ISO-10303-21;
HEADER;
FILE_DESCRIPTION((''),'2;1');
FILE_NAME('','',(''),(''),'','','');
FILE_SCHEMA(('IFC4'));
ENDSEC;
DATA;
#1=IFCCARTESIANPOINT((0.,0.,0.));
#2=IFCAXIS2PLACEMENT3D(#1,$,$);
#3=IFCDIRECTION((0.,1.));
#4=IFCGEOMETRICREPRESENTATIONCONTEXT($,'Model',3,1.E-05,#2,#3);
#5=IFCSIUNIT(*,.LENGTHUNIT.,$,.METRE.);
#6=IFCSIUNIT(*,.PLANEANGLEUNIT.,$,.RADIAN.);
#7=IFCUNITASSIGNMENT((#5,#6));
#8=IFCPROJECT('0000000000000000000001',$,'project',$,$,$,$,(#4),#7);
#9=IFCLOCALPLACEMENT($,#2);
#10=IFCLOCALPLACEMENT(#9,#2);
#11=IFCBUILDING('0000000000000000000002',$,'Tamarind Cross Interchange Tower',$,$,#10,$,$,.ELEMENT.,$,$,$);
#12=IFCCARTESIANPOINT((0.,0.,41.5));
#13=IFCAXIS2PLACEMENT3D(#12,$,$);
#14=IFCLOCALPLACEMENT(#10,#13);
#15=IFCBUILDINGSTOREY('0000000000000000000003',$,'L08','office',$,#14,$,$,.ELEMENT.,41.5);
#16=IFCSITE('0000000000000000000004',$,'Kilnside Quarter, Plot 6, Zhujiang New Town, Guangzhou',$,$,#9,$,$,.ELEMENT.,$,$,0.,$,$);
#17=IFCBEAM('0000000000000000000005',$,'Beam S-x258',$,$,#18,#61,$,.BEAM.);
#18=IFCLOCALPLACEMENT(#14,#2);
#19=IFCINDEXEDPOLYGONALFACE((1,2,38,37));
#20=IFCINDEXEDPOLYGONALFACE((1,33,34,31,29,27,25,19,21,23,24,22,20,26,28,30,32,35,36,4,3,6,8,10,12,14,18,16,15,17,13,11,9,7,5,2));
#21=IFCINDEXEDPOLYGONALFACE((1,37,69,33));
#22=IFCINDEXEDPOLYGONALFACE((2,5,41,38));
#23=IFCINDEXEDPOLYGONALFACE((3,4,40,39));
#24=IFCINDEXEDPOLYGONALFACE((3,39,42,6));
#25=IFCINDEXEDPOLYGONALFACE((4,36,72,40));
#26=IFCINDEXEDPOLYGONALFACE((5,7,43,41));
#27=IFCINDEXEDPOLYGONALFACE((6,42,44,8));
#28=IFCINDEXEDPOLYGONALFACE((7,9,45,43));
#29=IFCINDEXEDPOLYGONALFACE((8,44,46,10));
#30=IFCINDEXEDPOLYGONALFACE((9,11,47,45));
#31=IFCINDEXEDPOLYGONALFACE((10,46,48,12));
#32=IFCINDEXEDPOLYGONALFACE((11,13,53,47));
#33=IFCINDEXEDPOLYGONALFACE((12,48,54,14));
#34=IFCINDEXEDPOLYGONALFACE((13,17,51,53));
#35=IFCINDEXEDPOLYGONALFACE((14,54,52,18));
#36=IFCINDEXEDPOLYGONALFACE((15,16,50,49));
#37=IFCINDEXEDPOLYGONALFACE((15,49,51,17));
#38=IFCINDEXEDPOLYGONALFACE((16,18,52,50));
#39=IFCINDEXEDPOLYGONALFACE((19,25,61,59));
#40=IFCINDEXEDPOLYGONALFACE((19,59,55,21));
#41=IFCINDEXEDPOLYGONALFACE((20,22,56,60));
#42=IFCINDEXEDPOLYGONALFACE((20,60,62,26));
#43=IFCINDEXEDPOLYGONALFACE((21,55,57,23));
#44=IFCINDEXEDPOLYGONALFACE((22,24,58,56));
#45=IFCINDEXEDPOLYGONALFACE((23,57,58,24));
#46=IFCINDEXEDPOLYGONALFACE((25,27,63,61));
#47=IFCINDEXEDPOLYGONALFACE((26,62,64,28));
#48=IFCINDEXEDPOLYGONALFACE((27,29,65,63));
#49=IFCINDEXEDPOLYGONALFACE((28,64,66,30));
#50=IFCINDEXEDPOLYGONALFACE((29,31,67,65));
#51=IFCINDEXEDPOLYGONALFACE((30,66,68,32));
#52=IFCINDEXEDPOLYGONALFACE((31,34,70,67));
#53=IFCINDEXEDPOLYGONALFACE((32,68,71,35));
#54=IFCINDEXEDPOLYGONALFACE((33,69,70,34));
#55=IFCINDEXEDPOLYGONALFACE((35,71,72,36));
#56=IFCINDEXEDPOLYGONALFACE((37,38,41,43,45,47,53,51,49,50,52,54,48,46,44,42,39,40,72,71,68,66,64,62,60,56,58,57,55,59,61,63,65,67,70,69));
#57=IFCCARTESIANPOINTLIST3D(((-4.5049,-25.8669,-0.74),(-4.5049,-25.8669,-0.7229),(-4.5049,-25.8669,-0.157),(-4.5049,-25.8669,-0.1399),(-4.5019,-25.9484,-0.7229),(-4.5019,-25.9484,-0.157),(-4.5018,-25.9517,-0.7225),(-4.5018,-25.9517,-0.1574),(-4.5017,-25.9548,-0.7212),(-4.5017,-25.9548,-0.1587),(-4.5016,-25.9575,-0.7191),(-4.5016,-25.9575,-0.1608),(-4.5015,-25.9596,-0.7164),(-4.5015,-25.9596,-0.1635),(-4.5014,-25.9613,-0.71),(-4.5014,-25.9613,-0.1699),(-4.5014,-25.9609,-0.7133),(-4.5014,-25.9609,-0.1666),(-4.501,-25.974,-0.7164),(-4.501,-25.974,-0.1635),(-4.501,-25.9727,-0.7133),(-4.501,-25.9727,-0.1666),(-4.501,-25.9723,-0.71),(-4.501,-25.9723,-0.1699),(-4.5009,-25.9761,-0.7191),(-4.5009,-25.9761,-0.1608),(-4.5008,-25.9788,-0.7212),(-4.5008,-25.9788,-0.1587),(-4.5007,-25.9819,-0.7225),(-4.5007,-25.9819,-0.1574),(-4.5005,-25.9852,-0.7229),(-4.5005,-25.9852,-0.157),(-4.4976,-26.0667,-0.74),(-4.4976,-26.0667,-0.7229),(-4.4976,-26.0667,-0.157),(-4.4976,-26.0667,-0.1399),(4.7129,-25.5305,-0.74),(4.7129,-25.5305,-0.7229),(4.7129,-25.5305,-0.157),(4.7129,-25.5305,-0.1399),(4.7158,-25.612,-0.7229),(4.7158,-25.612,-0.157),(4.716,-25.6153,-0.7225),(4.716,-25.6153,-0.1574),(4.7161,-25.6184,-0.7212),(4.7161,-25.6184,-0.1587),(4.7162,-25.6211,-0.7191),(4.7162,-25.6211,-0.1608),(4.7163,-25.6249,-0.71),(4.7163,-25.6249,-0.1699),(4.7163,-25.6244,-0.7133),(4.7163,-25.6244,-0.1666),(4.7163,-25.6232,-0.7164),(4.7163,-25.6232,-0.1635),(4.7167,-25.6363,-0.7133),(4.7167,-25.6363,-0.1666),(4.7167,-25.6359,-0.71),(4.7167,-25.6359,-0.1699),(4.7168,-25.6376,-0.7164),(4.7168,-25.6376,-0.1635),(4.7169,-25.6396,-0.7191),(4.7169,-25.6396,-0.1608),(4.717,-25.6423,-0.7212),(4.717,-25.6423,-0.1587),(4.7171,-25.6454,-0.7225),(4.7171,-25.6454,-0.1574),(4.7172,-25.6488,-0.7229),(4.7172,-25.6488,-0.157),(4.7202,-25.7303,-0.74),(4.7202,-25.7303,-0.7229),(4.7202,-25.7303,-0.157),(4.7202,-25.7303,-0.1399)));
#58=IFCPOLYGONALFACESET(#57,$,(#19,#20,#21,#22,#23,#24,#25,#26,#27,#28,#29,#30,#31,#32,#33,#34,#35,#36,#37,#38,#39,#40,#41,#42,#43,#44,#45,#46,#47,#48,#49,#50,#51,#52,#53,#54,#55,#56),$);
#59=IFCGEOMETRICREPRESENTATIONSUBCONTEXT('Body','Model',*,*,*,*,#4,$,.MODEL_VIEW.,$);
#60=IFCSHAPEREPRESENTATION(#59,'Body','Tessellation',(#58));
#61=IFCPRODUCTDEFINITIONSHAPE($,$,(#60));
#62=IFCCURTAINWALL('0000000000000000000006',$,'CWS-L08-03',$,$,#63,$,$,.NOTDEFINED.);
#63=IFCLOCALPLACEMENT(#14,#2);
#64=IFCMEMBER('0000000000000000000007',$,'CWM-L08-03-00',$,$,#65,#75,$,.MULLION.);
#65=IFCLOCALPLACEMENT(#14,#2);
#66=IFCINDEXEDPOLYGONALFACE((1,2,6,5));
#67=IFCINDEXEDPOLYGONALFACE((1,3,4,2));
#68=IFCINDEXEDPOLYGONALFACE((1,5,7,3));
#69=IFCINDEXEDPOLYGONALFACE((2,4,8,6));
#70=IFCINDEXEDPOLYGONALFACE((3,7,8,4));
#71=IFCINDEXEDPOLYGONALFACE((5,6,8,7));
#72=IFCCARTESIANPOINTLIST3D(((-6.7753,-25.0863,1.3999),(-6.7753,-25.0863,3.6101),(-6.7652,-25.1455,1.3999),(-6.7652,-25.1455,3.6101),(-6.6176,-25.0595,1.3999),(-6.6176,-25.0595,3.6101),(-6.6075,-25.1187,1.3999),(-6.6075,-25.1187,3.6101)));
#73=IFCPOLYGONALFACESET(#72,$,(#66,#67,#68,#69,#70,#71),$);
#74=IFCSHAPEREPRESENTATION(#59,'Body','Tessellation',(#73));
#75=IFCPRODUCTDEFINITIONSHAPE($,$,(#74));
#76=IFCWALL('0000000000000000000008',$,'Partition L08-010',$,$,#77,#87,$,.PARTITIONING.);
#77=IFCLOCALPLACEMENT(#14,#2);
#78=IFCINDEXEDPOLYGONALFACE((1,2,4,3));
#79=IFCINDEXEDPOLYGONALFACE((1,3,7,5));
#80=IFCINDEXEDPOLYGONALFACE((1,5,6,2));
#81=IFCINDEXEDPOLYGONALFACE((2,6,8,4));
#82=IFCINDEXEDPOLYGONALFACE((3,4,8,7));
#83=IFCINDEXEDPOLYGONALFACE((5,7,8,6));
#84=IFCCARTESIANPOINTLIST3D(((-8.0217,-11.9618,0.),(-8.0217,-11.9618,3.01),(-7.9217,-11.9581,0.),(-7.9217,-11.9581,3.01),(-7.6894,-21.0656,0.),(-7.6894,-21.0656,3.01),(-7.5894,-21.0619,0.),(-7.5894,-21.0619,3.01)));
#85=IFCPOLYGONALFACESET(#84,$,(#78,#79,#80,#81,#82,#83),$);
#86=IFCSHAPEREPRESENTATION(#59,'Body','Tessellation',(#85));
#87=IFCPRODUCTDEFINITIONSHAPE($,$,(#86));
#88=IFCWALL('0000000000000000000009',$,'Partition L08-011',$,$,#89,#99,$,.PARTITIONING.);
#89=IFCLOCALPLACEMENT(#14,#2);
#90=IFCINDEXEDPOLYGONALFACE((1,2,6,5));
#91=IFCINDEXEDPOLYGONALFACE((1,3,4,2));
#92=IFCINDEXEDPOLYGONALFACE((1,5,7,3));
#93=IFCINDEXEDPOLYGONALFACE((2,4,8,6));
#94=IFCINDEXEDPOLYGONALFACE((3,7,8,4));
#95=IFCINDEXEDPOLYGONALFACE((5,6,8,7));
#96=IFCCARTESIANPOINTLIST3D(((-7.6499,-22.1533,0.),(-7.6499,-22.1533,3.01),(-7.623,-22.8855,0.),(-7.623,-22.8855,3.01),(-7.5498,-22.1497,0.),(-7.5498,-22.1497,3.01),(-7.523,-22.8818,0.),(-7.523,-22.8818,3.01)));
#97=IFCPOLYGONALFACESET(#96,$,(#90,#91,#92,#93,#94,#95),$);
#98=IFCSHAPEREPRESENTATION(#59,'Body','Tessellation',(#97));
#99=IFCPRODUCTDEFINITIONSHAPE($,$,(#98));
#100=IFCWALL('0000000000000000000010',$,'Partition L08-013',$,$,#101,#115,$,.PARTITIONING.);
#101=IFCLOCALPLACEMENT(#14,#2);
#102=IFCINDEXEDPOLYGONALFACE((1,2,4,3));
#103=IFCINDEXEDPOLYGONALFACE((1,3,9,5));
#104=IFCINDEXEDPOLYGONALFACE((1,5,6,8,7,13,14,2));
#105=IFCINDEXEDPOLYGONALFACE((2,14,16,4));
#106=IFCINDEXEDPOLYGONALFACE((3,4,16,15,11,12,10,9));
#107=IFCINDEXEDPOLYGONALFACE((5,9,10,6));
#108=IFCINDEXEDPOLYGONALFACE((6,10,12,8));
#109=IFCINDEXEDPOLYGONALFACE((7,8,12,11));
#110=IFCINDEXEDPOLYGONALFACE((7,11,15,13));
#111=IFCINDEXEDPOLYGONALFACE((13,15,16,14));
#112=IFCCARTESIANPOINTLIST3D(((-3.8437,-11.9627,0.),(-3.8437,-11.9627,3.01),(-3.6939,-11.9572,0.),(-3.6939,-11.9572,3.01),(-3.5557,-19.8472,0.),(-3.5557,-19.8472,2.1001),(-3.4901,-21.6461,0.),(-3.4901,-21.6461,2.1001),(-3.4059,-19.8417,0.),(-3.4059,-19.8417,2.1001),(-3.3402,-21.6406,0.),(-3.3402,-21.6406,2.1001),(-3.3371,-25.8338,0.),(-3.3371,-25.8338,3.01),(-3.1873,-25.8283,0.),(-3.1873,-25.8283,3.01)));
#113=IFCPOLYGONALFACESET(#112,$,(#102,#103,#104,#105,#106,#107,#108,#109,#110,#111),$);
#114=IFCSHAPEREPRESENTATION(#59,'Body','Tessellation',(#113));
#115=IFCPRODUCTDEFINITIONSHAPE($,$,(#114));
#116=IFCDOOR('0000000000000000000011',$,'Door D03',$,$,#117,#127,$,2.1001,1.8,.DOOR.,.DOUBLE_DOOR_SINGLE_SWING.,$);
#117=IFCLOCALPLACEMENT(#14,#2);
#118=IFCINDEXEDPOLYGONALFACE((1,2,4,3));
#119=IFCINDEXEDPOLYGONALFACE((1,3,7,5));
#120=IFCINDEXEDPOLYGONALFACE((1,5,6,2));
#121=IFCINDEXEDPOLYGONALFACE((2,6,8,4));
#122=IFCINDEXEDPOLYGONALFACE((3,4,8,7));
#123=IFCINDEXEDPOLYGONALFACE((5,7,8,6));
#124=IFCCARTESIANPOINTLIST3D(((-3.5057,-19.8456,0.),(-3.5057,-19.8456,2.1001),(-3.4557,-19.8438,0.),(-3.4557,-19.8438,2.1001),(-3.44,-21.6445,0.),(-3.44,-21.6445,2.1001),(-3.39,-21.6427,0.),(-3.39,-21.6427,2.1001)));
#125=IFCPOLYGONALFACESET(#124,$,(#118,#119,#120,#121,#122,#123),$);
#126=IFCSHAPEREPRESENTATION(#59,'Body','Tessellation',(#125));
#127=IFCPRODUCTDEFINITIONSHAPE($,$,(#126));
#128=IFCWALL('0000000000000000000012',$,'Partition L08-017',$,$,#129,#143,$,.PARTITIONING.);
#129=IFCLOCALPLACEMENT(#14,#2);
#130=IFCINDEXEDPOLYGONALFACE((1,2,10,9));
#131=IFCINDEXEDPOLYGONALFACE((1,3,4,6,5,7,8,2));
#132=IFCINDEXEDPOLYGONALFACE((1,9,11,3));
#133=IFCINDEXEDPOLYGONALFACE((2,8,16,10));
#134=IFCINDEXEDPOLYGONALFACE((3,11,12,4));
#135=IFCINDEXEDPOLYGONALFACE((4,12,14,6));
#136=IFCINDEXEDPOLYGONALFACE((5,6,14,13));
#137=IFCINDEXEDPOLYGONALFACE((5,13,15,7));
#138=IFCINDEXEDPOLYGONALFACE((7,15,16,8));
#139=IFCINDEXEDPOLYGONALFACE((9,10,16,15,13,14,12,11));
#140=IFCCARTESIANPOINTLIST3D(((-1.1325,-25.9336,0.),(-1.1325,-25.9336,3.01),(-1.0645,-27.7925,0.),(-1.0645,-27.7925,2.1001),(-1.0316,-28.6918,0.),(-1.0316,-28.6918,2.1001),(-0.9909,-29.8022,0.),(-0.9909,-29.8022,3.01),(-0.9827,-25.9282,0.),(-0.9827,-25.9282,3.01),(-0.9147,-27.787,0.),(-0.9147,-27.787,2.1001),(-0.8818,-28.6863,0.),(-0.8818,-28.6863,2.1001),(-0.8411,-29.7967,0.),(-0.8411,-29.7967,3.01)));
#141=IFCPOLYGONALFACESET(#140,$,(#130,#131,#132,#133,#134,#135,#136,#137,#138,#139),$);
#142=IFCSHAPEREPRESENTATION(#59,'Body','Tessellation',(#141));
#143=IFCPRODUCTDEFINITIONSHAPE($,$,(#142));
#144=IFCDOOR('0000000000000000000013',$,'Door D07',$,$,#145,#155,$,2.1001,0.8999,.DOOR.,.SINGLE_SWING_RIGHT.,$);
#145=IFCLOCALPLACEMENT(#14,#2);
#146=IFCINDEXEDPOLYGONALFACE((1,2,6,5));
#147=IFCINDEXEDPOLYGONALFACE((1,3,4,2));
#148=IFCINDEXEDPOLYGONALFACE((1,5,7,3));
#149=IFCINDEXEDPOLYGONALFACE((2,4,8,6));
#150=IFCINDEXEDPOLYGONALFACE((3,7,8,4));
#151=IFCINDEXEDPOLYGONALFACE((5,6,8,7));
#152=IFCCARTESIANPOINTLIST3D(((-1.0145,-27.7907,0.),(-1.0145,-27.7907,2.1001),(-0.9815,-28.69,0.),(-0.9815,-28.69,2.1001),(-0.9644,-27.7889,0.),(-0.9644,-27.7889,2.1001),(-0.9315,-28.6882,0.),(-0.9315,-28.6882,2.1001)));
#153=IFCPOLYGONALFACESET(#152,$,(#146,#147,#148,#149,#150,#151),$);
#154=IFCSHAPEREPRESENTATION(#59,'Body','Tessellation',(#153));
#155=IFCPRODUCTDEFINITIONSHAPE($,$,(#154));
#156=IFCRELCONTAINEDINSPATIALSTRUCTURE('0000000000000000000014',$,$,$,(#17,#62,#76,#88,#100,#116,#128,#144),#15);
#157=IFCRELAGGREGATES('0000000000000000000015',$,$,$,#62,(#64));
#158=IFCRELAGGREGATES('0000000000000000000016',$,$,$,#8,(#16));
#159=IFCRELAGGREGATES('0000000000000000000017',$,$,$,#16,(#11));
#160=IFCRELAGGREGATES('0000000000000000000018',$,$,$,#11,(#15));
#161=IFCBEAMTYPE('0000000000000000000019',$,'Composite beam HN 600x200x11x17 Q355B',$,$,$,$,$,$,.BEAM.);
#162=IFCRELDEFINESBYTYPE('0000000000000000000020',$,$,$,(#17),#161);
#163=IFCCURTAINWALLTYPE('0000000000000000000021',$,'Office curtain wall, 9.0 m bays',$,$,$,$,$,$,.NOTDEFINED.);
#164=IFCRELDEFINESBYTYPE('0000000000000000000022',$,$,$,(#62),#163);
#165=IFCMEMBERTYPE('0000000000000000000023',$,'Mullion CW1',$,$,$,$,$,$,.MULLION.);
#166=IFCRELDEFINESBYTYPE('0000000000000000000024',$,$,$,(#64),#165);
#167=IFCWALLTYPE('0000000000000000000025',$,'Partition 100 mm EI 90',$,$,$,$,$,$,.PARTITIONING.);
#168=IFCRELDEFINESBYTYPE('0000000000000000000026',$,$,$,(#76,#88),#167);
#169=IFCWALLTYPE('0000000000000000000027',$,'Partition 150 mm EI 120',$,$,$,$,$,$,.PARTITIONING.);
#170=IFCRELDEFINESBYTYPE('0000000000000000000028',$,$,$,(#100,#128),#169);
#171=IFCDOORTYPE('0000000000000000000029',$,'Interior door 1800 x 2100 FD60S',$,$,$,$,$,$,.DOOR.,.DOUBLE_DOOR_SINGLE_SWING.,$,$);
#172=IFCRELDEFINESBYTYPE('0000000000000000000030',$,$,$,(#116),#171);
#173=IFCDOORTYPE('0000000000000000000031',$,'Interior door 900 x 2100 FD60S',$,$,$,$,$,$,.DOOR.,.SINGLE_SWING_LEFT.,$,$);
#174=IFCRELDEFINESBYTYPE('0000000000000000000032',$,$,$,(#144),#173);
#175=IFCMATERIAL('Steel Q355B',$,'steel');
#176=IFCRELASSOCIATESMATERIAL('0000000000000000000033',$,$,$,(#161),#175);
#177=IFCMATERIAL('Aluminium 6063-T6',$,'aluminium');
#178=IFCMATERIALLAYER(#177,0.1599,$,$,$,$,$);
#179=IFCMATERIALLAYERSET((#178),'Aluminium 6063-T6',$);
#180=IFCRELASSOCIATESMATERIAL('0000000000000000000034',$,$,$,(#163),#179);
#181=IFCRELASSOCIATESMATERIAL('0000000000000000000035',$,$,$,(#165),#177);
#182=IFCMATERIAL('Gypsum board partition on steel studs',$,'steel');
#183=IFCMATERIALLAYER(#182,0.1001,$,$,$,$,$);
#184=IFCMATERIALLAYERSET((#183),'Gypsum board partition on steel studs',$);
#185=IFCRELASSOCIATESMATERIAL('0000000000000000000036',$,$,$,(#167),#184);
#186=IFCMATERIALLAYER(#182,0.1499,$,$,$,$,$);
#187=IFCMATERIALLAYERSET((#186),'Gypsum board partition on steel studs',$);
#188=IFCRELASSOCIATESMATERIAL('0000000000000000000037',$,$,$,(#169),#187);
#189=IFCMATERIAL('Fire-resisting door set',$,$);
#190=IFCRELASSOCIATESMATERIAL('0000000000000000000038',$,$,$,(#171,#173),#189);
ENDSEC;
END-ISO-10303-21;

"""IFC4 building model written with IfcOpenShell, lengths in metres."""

from ifc_helpers import new_model, si_unit, direction, frame, frame_2d, origin, origin_2d, place, context, subcontext, project, spatial, rectangle, i_section, extrude, material, layer, layer_set, material_profile, profile_set, type_object, element, fill, aggregate, save


model = new_model("IFC4")

# Units and contexts
model_context = context("Model", 3, precision=1e-05, world=origin(), true_north=direction((0.0, 1.0)))
body_context = subcontext(model_context, "Body", "Model", "MODEL_VIEW")
ifc_project = project(units=[si_unit("LENGTHUNIT", "METRE"), si_unit("PLANEANGLEUNIT", "RADIAN")], contexts=[model_context])

# Site, building, storey
site_placement = place(None, origin())
site = spatial("IfcSite", under=ifc_project, at=site_placement, Name="Kilnside Quarter, Plot 6, Zhujiang New Town, Guangzhou", CompositionType="ELEMENT", RefElevation=0.0)
building_placement = place(site_placement, origin())
building = spatial("IfcBuilding", under=site, at=building_placement, Name="Tamarind Cross Interchange Tower", CompositionType="ELEMENT")
storey_placement = place(building_placement, frame((0.0, 0.0, 41.5)))
storey = spatial("IfcBuildingStorey", under=building, at=storey_placement, Name="L08", Description="office", CompositionType="ELEMENT", Elevation=41.5)

# Beam
ifc_material_1 = material(Name="Steel Q355B", Category="steel")
ifc_material_profile_1 = material_profile(ifc_material_1, i_section(OverallWidth=0.2, OverallDepth=0.6001, WebThickness=0.011, FlangeThickness=0.0171, FilletRadius=0.0129, at=origin_2d()), Name="HN 600x200x11x17")
ifc_profile_set_1 = profile_set([ifc_material_profile_1], Name="Steel Q355B")
beam_type_1 = type_object("IfcBeamType", Name="Composite beam HN 600x200x11x17 Q355B", PredefinedType="BEAM", material=ifc_profile_set_1)
beam_1_placement = place(storey_placement, frame((-4.5012, -25.9668, -0.4399), z_axis=(0.999335, 0.036473, 0.0), x_axis=(-0.036473, 0.999335, 0.0)))
element("IfcBeam", 1, at=beam_1_placement, inside=storey, type_object=beam_type_1, Name="Beam S-x258", PredefinedType="BEAM", context=body_context, shape_type="SweptSolid", body=[
    extrude(i_section(OverallWidth=0.2, OverallDepth=0.6001, WebThickness=0.011, FlangeThickness=0.0171, FilletRadius=0.0129, at=origin_2d()), origin(), (0.0, 0.0, 1.0), 9.2239),
])

# Curtain wall, member
ifc_material_2 = material(Name="Aluminium 6063-T6", Category="aluminium")
ifc_layer_1 = layer(ifc_material_2, 0.1599)
ifc_layer_set_1 = layer_set([ifc_layer_1], Name="Aluminium 6063-T6")
curtain_wall_type = type_object("IfcCurtainWallType", Name="Office curtain wall, 9.0 m bays", PredefinedType="NOTDEFINED", material=ifc_layer_set_1)
curtain_wall_placement = place(storey_placement, origin())
curtain_wall = element("IfcCurtainWall", 2, at=curtain_wall_placement, inside=storey, type_object=curtain_wall_type, Name="CWS-L08-03", PredefinedType="NOTDEFINED")
ifc_material_profile_2 = material_profile(ifc_material_2, rectangle(XDim=0.0601, YDim=0.1599, at=origin_2d()), Name="Mullion CW1")
ifc_profile_set_2 = profile_set([ifc_material_profile_2], Name="Aluminium 6063-T6")
member_type = type_object("IfcMemberType", Name="Mullion CW1", PredefinedType="MULLION", material=ifc_profile_set_2)
member_placement = place(storey_placement, frame((-6.6914, -25.1025, 1.3999), z_axis=(0.0, 0.0, 1.0), x_axis=(0.16765, -0.985847, 0.0)))
member = element("IfcMember", 3, at=member_placement, type_object=member_type, Name="CWM-L08-03-00", PredefinedType="MULLION", context=body_context, shape_type="SweptSolid", body=[
    extrude(rectangle(XDim=0.0601, YDim=0.1599, at=origin_2d()), origin(), (0.0, 0.0, 1.0), 2.2102),
])
aggregate(curtain_wall, [member])

# Walls
ifc_material_3 = material(Name="Gypsum board partition on steel studs", Category="steel")
ifc_layer_2 = layer(ifc_material_3, 0.1001)
ifc_layer_set_2 = layer_set([ifc_layer_2], Name="Gypsum board partition on steel studs")
wall_type_1 = type_object("IfcWallType", Name="Partition 100 mm EI 90", PredefinedType="PARTITIONING", material=ifc_layer_set_2)
wall_1_placement = place(storey_placement, frame((-7.9717, -11.96, 0.0), z_axis=(0.0, 0.0, 1.0), x_axis=(0.036474, -0.999335, 0.0)))
element("IfcWall", 4, at=wall_1_placement, inside=storey, type_object=wall_type_1, Name="Partition L08-010", PredefinedType="PARTITIONING", context=body_context, shape_type="SweptSolid", body=[
    extrude(rectangle(XDim=9.1099, YDim=0.1001, at=frame_2d((4.5549, 0.0))), origin(), (0.0, 0.0, 1.0), 3.01),
])
wall_2_placement = place(storey_placement, frame((-7.5999, -22.1516, 0.0), z_axis=(0.0, 0.0, 1.0), x_axis=(0.036654, -0.999328, 0.0)))
element("IfcWall", 5, at=wall_2_placement, inside=storey, type_object=wall_type_1, Name="Partition L08-011", PredefinedType="PARTITIONING", context=body_context, shape_type="SweptSolid", body=[
    extrude(rectangle(XDim=0.7327, YDim=0.1001, at=frame_2d((0.3662, 0.0))), origin(), (0.0, 0.0, 1.0), 3.01),
])

# Walls, openings, doors
ifc_layer_3 = layer(ifc_material_3, 0.1499)
ifc_layer_set_3 = layer_set([ifc_layer_3], Name="Gypsum board partition on steel studs")
wall_type_2 = type_object("IfcWallType", Name="Partition 150 mm EI 120", PredefinedType="PARTITIONING", material=ifc_layer_set_3)
wall_3_placement = place(storey_placement, frame((-3.7688, -11.96, 0.0), z_axis=(0.0, 0.0, 1.0), x_axis=(0.036497, -0.999334, 0.0)))
wall_3 = element("IfcWall", 6, at=wall_3_placement, inside=storey, type_object=wall_type_2, Name="Partition L08-013", PredefinedType="PARTITIONING", context=body_context, shape_type="SweptSolid", body=[
    extrude(rectangle(XDim=13.8804, YDim=0.1499, at=frame_2d((6.9402, 0.0))), origin(), (0.0, 0.0, 1.0), 3.01),
])
opening_1_placement = place(wall_3_placement, frame((7.8899, 0.0, 0.0)))
opening_1 = element("IfcOpeningElement", 7, at=opening_1_placement, cuts=wall_3, PredefinedType="OPENING", context=body_context, shape_type="SweptSolid", body=[
    extrude(rectangle(XDim=1.8, YDim=2.1001, at=frame_2d((0.8999, 1.05))), frame((0.0, 0.085, 0.0), z_axis=(0.0, -1.0, 0.0), x_axis=(1.0, 0.0, 0.0)), (0.0, 0.0, 1.0), 0.1699),
])
ifc_material_4 = material(Name="Fire-resisting door set")
door_type_1 = type_object("IfcDoorType", Name="Interior door 1800 x 2100 FD60S", OperationType="DOUBLE_DOOR_SINGLE_SWING", PredefinedType="DOOR", material=ifc_material_4)
door_1_placement = place(opening_1_placement, frame((1.8, 0.0, 0.0), z_axis=(0.0, 0.0, 1.0), x_axis=(-1.0, 0.0, 0.0)))
door_1 = element("IfcDoor", 8, at=door_1_placement, inside=storey, type_object=door_type_1, Name="Door D03", OperationType="DOUBLE_DOOR_SINGLE_SWING", OverallHeight=2.1001, OverallWidth=1.8, PredefinedType="DOOR", context=body_context, shape_type="SweptSolid", body=[
    extrude(rectangle(XDim=1.8, YDim=2.1001, at=frame_2d((0.8999, 1.05))), frame((0.0, 0.0249, 0.0), z_axis=(0.0, -1.0, 0.0), x_axis=(1.0, 0.0, 0.0)), (0.0, 0.0, 1.0), 0.05),
])
fill(opening_1, door_1)
wall_4_placement = place(storey_placement, frame((-1.0576, -25.9309, 0.0), z_axis=(0.0, 0.0, 1.0), x_axis=(0.03658, -0.999331, 0.0)))
wall_4 = element("IfcWall", 9, at=wall_4_placement, inside=storey, type_object=wall_type_2, Name="Partition L08-017", PredefinedType="PARTITIONING", context=body_context, shape_type="SweptSolid", body=[
    extrude(rectangle(XDim=3.8711, YDim=0.1499, at=frame_2d((1.9355, 0.0))), origin(), (0.0, 0.0, 1.0), 3.01),
])
opening_2_placement = place(wall_4_placement, frame((1.8601, 0.0, 0.0)))
opening_2 = element("IfcOpeningElement", 10, at=opening_2_placement, cuts=wall_4, PredefinedType="OPENING", context=body_context, shape_type="SweptSolid", body=[
    extrude(rectangle(XDim=0.8999, YDim=2.1001, at=frame_2d((0.45, 1.05))), frame((0.0, 0.085, 0.0), z_axis=(0.0, -1.0, 0.0), x_axis=(1.0, 0.0, 0.0)), (0.0, 0.0, 1.0), 0.1699),
])
door_type_2 = type_object("IfcDoorType", Name="Interior door 900 x 2100 FD60S", OperationType="SINGLE_SWING_LEFT", PredefinedType="DOOR", material=ifc_material_4)
door_2_placement = place(opening_2_placement, frame((0.8999, 0.0, 0.0), z_axis=(0.0, 0.0, 1.0), x_axis=(-1.0, 0.0, 0.0)))
door_2 = element("IfcDoor", 11, at=door_2_placement, inside=storey, type_object=door_type_2, Name="Door D07", OperationType="SINGLE_SWING_RIGHT", OverallHeight=2.1001, OverallWidth=0.8999, PredefinedType="DOOR", context=body_context, shape_type="SweptSolid", body=[
    extrude(rectangle(XDim=0.8999, YDim=2.1001, at=frame_2d((0.45, 1.05))), frame((0.0, 0.0249, 0.0), z_axis=(0.0, -1.0, 0.0), x_axis=(1.0, 0.0, 0.0)), (0.0, 0.0, 1.0), 0.05),
])
fill(opening_2, door_2)

save(model, "model.ifc")
